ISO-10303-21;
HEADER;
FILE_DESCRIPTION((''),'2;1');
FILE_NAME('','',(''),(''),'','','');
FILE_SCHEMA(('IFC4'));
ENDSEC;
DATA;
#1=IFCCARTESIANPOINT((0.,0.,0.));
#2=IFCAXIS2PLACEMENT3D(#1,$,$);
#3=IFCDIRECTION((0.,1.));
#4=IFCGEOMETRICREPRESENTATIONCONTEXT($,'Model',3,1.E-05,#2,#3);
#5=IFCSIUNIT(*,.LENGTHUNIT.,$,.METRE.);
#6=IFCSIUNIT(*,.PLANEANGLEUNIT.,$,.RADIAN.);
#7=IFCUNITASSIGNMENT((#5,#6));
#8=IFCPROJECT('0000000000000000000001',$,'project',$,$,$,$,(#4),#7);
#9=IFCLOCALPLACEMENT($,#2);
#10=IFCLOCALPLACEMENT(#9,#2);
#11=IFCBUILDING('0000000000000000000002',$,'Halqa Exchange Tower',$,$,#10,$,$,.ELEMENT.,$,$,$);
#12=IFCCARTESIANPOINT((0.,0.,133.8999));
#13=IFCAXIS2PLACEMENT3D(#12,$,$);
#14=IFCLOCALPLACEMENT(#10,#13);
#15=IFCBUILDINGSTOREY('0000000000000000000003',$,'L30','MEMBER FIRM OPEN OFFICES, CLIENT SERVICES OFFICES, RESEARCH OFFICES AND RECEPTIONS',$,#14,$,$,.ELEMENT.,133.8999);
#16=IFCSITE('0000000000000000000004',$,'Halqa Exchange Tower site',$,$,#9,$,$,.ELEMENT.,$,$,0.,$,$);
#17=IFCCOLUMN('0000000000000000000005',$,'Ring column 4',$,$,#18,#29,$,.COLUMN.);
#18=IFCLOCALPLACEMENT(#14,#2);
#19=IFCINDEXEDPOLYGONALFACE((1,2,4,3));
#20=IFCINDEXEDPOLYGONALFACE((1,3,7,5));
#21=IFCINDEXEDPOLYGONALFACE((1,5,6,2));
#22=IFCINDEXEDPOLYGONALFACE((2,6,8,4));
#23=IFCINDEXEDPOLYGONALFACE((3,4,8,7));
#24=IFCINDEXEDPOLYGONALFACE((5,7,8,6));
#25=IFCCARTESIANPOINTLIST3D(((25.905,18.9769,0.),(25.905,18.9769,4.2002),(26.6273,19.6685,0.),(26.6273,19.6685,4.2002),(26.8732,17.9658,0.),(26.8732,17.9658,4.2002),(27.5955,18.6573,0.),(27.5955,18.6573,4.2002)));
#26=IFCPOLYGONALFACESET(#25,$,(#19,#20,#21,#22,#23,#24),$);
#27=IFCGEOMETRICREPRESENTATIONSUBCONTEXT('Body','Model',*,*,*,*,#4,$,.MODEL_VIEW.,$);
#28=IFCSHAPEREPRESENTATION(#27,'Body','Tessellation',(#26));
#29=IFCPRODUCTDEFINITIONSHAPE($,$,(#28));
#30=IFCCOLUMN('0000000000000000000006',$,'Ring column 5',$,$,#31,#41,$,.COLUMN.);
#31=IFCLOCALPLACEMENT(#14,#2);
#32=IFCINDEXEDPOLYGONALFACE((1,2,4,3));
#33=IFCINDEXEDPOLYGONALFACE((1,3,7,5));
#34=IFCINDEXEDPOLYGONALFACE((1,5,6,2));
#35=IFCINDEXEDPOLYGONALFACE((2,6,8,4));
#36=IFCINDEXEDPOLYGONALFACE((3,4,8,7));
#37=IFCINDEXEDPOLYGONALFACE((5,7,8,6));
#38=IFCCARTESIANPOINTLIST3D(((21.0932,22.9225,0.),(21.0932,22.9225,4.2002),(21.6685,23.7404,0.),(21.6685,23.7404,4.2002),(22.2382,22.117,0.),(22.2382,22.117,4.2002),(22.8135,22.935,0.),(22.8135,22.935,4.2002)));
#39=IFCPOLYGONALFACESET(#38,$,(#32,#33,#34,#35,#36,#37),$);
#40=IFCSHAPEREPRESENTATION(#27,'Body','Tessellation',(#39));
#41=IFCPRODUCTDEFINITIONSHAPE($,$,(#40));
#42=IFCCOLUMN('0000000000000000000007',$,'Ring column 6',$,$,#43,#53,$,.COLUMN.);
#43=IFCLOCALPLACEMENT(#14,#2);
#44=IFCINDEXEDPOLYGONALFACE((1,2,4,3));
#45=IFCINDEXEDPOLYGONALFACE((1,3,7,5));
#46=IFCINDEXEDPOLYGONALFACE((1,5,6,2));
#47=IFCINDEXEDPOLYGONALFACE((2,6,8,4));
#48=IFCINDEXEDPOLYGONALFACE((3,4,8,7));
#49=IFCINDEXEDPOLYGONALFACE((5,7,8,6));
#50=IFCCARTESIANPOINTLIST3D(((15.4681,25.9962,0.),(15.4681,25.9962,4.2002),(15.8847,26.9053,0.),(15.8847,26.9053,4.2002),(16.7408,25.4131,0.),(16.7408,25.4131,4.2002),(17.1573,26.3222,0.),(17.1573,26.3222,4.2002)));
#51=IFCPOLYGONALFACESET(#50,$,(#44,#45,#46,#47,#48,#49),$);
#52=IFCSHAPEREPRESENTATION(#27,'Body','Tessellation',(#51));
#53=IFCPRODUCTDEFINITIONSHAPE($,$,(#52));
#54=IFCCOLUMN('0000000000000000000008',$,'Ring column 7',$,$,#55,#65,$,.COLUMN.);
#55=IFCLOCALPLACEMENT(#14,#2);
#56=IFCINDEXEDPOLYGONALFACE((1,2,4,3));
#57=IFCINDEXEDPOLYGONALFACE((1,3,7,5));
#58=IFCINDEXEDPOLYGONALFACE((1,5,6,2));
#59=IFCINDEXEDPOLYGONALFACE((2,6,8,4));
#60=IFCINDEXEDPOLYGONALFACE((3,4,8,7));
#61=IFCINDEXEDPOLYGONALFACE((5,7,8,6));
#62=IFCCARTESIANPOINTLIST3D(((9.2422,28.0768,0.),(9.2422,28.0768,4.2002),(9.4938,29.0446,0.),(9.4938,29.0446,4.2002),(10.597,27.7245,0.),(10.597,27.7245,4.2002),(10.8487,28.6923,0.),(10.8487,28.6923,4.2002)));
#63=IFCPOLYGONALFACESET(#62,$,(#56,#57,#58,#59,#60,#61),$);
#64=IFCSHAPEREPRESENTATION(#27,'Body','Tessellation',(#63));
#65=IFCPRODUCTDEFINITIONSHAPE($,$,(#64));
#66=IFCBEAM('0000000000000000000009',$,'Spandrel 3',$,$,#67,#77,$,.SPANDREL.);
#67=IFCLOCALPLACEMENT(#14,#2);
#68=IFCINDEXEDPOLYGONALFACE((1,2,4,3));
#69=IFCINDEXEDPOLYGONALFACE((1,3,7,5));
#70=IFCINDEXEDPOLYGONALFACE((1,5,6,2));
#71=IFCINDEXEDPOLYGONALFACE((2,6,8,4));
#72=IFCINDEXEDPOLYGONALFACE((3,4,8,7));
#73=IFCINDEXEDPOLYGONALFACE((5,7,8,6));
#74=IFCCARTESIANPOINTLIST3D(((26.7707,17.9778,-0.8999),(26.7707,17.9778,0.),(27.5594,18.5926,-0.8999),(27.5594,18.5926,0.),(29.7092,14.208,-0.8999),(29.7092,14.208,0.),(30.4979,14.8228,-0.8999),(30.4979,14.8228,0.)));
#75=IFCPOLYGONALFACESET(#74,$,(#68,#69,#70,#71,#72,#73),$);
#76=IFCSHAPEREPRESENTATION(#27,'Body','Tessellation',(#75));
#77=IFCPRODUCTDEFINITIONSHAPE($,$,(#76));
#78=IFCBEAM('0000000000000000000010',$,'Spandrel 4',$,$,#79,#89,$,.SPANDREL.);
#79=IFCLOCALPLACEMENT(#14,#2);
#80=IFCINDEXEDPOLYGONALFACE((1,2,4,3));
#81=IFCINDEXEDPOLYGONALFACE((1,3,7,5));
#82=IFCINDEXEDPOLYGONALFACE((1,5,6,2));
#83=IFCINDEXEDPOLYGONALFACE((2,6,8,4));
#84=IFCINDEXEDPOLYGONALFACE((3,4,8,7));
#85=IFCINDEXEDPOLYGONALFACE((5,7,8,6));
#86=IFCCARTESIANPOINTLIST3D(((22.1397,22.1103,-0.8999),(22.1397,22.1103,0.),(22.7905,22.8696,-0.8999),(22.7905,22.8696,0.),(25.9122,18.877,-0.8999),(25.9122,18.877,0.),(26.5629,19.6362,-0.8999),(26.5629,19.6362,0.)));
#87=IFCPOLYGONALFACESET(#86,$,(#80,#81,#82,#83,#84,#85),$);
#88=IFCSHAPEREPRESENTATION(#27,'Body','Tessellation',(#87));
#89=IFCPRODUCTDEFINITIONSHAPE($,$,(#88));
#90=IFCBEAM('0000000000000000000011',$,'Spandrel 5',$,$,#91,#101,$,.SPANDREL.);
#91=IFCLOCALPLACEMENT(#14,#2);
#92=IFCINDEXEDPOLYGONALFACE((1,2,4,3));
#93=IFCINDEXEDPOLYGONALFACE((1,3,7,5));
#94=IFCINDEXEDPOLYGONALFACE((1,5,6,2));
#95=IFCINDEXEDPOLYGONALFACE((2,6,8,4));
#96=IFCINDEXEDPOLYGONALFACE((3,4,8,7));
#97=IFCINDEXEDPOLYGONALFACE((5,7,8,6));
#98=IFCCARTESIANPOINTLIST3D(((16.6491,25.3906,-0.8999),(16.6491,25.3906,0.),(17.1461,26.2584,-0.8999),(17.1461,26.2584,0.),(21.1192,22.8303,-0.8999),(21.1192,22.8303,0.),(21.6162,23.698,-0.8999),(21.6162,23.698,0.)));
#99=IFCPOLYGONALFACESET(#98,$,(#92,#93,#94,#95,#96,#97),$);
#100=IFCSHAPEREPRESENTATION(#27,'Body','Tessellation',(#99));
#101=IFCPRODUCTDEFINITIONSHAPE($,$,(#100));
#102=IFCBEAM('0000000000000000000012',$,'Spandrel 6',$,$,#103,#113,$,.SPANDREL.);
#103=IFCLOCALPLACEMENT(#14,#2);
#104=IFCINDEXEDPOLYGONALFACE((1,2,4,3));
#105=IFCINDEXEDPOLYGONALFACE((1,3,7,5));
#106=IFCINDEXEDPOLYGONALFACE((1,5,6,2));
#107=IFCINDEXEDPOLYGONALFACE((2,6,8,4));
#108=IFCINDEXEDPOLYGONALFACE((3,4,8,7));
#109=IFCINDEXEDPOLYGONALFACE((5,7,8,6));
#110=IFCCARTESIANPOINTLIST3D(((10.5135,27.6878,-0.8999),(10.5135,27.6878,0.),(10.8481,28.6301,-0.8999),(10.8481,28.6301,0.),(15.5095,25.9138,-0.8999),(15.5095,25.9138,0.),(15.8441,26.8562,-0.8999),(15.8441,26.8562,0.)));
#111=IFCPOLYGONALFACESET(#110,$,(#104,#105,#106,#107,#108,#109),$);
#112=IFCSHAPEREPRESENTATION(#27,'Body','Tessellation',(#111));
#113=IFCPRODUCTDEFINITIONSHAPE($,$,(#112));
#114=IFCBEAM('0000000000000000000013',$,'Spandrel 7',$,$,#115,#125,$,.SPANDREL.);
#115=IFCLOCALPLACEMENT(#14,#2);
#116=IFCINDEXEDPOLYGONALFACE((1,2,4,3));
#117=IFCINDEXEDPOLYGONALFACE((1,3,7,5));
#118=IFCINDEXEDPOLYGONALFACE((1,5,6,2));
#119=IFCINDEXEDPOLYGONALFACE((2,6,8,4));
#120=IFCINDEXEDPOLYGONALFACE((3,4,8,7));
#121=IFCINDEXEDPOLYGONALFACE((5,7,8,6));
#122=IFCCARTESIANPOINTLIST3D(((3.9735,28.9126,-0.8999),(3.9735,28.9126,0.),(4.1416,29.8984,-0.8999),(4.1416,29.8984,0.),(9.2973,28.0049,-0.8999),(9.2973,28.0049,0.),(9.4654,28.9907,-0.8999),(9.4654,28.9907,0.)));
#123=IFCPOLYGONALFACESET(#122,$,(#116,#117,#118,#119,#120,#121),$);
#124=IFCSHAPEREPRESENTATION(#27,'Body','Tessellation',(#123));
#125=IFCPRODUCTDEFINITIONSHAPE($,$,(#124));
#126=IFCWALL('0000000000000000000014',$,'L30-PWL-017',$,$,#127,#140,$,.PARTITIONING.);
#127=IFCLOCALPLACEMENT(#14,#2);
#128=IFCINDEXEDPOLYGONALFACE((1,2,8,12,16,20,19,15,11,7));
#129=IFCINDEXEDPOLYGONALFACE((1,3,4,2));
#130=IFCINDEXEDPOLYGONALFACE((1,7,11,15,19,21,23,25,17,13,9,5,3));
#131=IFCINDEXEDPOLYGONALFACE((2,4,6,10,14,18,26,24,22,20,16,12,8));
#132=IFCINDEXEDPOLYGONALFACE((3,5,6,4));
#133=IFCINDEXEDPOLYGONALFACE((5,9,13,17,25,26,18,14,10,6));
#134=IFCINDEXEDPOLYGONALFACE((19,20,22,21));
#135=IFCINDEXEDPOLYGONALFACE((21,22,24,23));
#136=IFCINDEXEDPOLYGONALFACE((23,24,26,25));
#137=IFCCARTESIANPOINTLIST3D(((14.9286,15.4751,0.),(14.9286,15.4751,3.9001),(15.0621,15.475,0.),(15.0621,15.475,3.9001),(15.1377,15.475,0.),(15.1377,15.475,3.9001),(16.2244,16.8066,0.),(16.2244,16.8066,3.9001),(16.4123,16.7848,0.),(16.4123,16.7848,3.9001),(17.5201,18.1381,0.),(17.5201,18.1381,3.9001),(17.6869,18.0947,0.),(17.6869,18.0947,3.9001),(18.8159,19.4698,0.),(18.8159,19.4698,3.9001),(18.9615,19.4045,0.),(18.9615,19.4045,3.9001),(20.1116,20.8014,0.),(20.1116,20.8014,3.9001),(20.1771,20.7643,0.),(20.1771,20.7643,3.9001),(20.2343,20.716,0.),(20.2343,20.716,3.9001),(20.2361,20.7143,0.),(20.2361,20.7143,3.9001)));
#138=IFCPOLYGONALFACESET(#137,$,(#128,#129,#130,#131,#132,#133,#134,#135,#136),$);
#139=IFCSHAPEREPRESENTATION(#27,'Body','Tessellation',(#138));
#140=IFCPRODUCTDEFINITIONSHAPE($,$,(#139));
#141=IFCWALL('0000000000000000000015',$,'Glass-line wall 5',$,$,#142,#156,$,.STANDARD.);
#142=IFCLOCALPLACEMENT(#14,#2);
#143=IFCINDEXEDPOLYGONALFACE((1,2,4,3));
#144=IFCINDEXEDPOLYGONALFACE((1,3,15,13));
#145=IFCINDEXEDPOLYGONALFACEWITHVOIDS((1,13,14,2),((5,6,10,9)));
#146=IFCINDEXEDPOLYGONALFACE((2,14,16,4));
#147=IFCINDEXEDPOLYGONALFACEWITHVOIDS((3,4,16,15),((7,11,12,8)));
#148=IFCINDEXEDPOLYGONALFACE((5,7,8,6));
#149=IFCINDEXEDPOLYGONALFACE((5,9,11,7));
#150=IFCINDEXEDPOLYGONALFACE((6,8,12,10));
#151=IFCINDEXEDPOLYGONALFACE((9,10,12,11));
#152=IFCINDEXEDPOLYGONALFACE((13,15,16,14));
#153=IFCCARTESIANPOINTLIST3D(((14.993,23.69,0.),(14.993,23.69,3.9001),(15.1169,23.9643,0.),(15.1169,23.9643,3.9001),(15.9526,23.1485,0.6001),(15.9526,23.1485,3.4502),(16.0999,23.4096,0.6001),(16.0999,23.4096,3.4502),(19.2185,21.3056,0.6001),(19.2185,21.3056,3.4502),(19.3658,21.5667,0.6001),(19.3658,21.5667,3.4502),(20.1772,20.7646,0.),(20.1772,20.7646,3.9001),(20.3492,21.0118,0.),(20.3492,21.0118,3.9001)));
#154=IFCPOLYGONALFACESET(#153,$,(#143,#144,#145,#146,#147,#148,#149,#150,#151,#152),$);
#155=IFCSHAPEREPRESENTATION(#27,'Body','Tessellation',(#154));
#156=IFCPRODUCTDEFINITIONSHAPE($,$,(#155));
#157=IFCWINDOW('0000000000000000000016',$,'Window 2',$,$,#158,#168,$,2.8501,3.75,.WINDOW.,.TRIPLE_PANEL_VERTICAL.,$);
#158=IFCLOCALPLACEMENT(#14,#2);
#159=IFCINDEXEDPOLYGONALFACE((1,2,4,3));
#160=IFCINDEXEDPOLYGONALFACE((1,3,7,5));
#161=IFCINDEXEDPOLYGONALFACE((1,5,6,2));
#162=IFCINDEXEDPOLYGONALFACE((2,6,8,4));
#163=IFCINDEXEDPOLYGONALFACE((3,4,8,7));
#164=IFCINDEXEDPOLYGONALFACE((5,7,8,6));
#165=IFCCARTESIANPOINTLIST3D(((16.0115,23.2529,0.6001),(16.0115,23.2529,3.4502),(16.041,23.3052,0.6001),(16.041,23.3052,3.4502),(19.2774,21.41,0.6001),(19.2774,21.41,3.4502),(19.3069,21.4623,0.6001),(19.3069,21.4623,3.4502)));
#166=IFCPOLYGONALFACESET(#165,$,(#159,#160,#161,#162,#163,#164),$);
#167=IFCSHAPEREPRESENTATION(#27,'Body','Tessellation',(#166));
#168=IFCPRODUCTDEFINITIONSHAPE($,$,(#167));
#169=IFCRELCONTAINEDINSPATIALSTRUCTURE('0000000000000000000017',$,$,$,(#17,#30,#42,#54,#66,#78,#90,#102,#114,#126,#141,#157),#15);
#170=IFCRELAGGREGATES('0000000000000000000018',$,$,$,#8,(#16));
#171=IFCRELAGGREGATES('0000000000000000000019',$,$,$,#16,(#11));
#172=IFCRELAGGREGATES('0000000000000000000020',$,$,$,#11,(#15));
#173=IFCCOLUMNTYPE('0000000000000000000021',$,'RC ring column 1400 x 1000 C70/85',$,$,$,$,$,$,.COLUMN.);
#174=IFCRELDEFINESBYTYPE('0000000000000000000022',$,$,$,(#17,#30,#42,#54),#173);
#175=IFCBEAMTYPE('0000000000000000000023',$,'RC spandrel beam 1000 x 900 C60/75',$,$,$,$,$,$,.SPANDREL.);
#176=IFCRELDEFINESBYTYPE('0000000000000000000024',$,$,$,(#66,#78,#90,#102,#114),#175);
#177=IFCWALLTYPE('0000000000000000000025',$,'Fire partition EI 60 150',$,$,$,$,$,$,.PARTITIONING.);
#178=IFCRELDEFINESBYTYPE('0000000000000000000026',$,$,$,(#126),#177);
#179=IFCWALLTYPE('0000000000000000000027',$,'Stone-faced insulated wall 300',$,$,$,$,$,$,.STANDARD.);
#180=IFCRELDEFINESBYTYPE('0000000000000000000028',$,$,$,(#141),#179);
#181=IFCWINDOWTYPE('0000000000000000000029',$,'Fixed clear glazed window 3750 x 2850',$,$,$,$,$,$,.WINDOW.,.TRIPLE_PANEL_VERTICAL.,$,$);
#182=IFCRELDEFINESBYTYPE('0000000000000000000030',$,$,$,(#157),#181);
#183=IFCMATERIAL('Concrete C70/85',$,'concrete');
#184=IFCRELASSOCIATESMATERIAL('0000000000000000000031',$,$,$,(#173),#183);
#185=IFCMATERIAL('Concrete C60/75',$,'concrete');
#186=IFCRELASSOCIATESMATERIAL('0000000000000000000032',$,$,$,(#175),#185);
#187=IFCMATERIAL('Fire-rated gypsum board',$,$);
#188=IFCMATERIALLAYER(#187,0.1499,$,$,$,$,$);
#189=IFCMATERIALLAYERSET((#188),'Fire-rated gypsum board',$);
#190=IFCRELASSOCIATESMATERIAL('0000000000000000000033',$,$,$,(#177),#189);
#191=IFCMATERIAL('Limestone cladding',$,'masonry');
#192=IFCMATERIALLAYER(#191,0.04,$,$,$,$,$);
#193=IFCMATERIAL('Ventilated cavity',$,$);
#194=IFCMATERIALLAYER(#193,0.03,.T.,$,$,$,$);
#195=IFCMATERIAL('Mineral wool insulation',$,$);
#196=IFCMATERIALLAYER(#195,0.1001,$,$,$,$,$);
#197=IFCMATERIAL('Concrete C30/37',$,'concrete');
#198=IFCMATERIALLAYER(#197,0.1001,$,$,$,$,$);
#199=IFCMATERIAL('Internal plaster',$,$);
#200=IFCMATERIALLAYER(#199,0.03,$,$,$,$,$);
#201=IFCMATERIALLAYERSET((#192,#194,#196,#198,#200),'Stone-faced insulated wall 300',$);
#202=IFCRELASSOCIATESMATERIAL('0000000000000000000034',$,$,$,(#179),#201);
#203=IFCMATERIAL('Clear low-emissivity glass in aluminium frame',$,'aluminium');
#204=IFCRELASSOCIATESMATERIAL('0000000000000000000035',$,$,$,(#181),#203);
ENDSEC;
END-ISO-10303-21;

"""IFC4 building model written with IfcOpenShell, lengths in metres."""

from ifc_helpers import new_model, si_unit, direction, frame, frame_2d, origin, origin_2d, place, context, subcontext, project, spatial, polyline, rectangle, outline, extrude, material, layer, layer_set, material_profile, profile_set, type_object, element, fill, save


model = new_model("IFC4")

# Units and contexts
model_context = context("Model", 3, precision=1e-05, world=origin(), true_north=direction((0.0, 1.0)))
body_context = subcontext(model_context, "Body", "Model", "MODEL_VIEW")
ifc_project = project(units=[si_unit("LENGTHUNIT", "METRE"), si_unit("PLANEANGLEUNIT", "RADIAN")], contexts=[model_context])

# Site, building, storey
site_placement = place(None, origin())
site = spatial("IfcSite", under=ifc_project, at=site_placement, Name="Halqa Exchange Tower site", CompositionType="ELEMENT", RefElevation=0.0)
building_placement = place(site_placement, origin())
building = spatial("IfcBuilding", under=site, at=building_placement, Name="Halqa Exchange Tower", CompositionType="ELEMENT")
storey_placement = place(building_placement, frame((0.0, 0.0, 133.8999)))
storey = spatial("IfcBuildingStorey", under=building, at=storey_placement, Name="L30", Description="MEMBER FIRM OPEN OFFICES, CLIENT SERVICES OFFICES, RESEARCH OFFICES AND RECEPTIONS", CompositionType="ELEMENT", Elevation=133.8999)

# Columns
ifc_material_1 = material(Name="Concrete C70/85", Category="concrete")
ifc_material_profile_1 = material_profile(ifc_material_1, rectangle(XDim=1.3999, YDim=1.0, at=origin_2d()), Name="1400 x 1000")
ifc_profile_set_1 = profile_set([ifc_material_profile_1], Name="Concrete C70/85")
column_type = type_object("IfcColumnType", Name="RC ring column 1400 x 1000 C70/85", PredefinedType="COLUMN", material=ifc_profile_set_1)
for number, where, z_axis, x_axis, name in (
    (1, (26.7502, 18.8171, 0.0), (0.0, 0.0, 1.0), (-0.691571, 0.722308, 0.0), "Ring column 4"),
    (2, (21.9534, 22.9287, 0.0), (0.0, 0.0, 1.0), (-0.81791, 0.575346, 0.0), "Ring column 5"),
    (3, (16.3127, 26.1592, 0.0), (0.0, 0.0, 1.0), (-0.909126, 0.41652, 0.0), "Ring column 6"),
    (4, (10.0454, 28.3845, 0.0), (0.0, 0.0, 1.0), (-0.96782, 0.251645, 0.0), "Ring column 7"),
):
    element("IfcColumn", number, at=place(storey_placement, frame(where, z_axis=z_axis, x_axis=x_axis)), inside=storey, type_object=column_type, Name=name, PredefinedType="COLUMN", context=body_context, shape_type="SweptSolid", body=[
        extrude(rectangle(XDim=1.3999, YDim=1.0, at=origin_2d()), origin(), (0.0, 0.0, 1.0), 4.2002),
    ])

# Beams
ifc_material_2 = material(Name="Concrete C60/75", Category="concrete")
ifc_material_profile_2 = material_profile(ifc_material_2, rectangle(XDim=1.0, YDim=0.8999, at=origin_2d()), Name="1000 x 900")
ifc_profile_set_2 = profile_set([ifc_material_profile_2], Name="Concrete C60/75")
beam_type = type_object("IfcBeamType", Name="RC spandrel beam 1000 x 900 C60/75", PredefinedType="SPANDREL", material=ifc_profile_set_2)
beam_1_placement = place(storey_placement, frame((30.1035, 14.5154, -0.45), z_axis=(-0.614778, 0.7887, 0.0), x_axis=(-0.7887, -0.614778, 0.0)))
element("IfcBeam", 5, at=beam_1_placement, inside=storey, type_object=beam_type, Name="Spandrel 3", PredefinedType="SPANDREL", context=body_context, shape_type="SweptSolid", body=[
    extrude(rectangle(XDim=1.0, YDim=0.8999, at=origin_2d()), origin(), (0.0, 0.0, 1.0), 4.7798),
])
beam_2_placement = place(storey_placement, frame((26.2375, 19.2566, -0.45), z_axis=(-0.75927, 0.650775, 0.0), x_axis=(-0.650775, -0.75927, 0.0)))
element("IfcBeam", 6, at=beam_2_placement, inside=storey, type_object=beam_type, Name="Spandrel 4", PredefinedType="SPANDREL", context=body_context, shape_type="SweptSolid", body=[
    extrude(rectangle(XDim=1.0, YDim=0.8999, at=origin_2d()), origin(), (0.0, 0.0, 1.0), 4.9685),
])
beam_3_placement = place(storey_placement, frame((21.3677, 23.2642, -0.45), z_axis=(-0.867738, 0.497022, 0.0), x_axis=(-0.497022, -0.867738, 0.0)))
element("IfcBeam", 7, at=beam_3_placement, inside=storey, type_object=beam_type, Name="Spandrel 5", PredefinedType="SPANDREL", context=body_context, shape_type="SweptSolid", body=[
    extrude(rectangle(XDim=1.0, YDim=0.8999, at=origin_2d()), origin(), (0.0, 0.0, 1.0), 5.1514),
])
beam_4_placement = place(storey_placement, frame((15.6768, 26.385, -0.45), z_axis=(-0.942356, 0.334612, 0.0), x_axis=(-0.334612, -0.942356, 0.0)))
element("IfcBeam", 8, at=beam_4_placement, inside=storey, type_object=beam_type, Name="Spandrel 6", PredefinedType="SPANDREL", context=body_context, shape_type="SweptSolid", body=[
    extrude(rectangle(XDim=1.0, YDim=0.8999, at=origin_2d()), origin(), (0.0, 0.0, 1.0), 5.3015),
])
beam_5_placement = place(storey_placement, frame((9.3813, 28.4978, -0.45), z_axis=(-0.985774, 0.168078, 0.0), x_axis=(-0.168078, -0.985774, 0.0)))
element("IfcBeam", 9, at=beam_5_placement, inside=storey, type_object=beam_type, Name="Spandrel 7", PredefinedType="SPANDREL", context=body_context, shape_type="SweptSolid", body=[
    extrude(rectangle(XDim=1.0, YDim=0.8999, at=origin_2d()), origin(), (0.0, 0.0, 1.0), 5.4006),
])

# Wall
ifc_material_3 = material(Name="Fire-rated gypsum board")
ifc_layer_1 = layer(ifc_material_3, 0.1499)
ifc_layer_set_1 = layer_set([ifc_layer_1], Name="Fire-rated gypsum board")
wall_type_1 = type_object("IfcWallType", Name="Fire partition EI 60 150", PredefinedType="PARTITIONING", material=ifc_layer_set_1)
wall_1_placement = place(storey_placement, frame((20.1824, 20.7666, 0.0), z_axis=(0.0, 0.0, 1.0), x_axis=(-0.697398, -0.716684, 0.0)))
element("IfcWall", 10, at=wall_1_placement, inside=storey, type_object=wall_type_1, Name="L30-PWL-017", PredefinedType="PARTITIONING", context=body_context, shape_type="SweptSolid", body=[
    extrude(outline(polyline([(7.4563, -0.075), (7.4563, -0.075), (7.3633, 0.0208), (7.3633, 0.0208), (7.3105, 0.075), (5.4829, 0.075), (3.6553, 0.075), (1.8276, 0.075), (0.0, 0.075), (0.0, 0.0725), (0.0054, -0.0022), (0.0244, -0.075), (1.8823, -0.075), (3.7405, -0.075), (5.5984, -0.075), (7.4563, -0.075)])), origin(), (0.0, 0.0, 1.0), 3.9001),
])

# Shared definitions
ifc_material_4 = material(Name="Limestone cladding", Category="masonry")
ifc_layer_2 = layer(ifc_material_4, 0.04)
ifc_material_5 = material(Name="Ventilated cavity")
ifc_layer_3 = layer(ifc_material_5, 0.03, ventilated=True)
ifc_material_6 = material(Name="Mineral wool insulation")
ifc_layer_4 = layer(ifc_material_6, 0.1001)
ifc_material_7 = material(Name="Concrete C30/37", Category="concrete")
ifc_layer_5 = layer(ifc_material_7, 0.1001)
ifc_material_8 = material(Name="Internal plaster")
ifc_layer_6 = layer(ifc_material_8, 0.03)
ifc_layer_set_2 = layer_set([ifc_layer_2, ifc_layer_3, ifc_layer_4, ifc_layer_5, ifc_layer_6], Name="Stone-faced insulated wall 300")
wall_type_2 = type_object("IfcWallType", Name="Stone-faced insulated wall 300", PredefinedType="STANDARD", material=ifc_layer_set_2)
ifc_material_9 = material(Name="Clear low-emissivity glass in aluminium frame", Category="aluminium")

# Wall, opening, window
wall_2_placement = place(storey_placement, frame((20.2632, 20.8882, 0.0), z_axis=(0.0, 0.0, 1.0), x_axis=(-0.870909, 0.491445, 0.0)))
wall_2 = element("IfcWall", 11, at=wall_2_placement, inside=storey, type_object=wall_type_2, Name="Glass-line wall 5", PredefinedType="STANDARD", context=body_context, shape_type="SweptSolid", body=[
    extrude(outline(polyline([(-0.0142, -0.1499), (5.9937, -0.1499), (5.9668, 0.1499), (0.0142, 0.1499), (-0.0142, -0.1499)])), origin(), (0.0, 0.0, 1.0), 3.9001),
])
opening_1_placement = place(wall_2_placement, frame((1.115, 0.0, 0.6001)))
opening_1 = element("IfcOpeningElement", 12, at=opening_1_placement, cuts=wall_2, PredefinedType="OPENING", context=body_context, shape_type="SweptSolid", body=[
    extrude(rectangle(XDim=3.75, YDim=2.8501, at=frame_2d((1.875, 1.425))), frame((0.0, 0.1621, 0.0), z_axis=(0.0, -1.0, 0.0), x_axis=(1.0, 0.0, 0.0)), (0.0, 0.0, 1.0), 0.324),
])
window_type = type_object("IfcWindowType", Name="Fixed clear glazed window 3750 x 2850", PartitioningType="TRIPLE_PANEL_VERTICAL", PredefinedType="WINDOW", material=ifc_material_9)
window_1_placement = place(opening_1_placement, origin())
window_1 = element("IfcWindow", 13, at=window_1_placement, inside=storey, type_object=window_type, Name="Window 2", OverallHeight=2.8501, OverallWidth=3.75, PartitioningType="TRIPLE_PANEL_VERTICAL", PredefinedType="WINDOW", context=body_context, shape_type="SweptSolid", body=[
    extrude(rectangle(XDim=3.75, YDim=2.8501, at=frame_2d((1.875, 1.425))), frame((0.0, 0.03, 0.0), z_axis=(0.0, -1.0, 0.0), x_axis=(1.0, 0.0, 0.0)), (0.0, 0.0, 1.0), 0.0601),
])
fill(opening_1, window_1)

save(model, "model.ifc")
